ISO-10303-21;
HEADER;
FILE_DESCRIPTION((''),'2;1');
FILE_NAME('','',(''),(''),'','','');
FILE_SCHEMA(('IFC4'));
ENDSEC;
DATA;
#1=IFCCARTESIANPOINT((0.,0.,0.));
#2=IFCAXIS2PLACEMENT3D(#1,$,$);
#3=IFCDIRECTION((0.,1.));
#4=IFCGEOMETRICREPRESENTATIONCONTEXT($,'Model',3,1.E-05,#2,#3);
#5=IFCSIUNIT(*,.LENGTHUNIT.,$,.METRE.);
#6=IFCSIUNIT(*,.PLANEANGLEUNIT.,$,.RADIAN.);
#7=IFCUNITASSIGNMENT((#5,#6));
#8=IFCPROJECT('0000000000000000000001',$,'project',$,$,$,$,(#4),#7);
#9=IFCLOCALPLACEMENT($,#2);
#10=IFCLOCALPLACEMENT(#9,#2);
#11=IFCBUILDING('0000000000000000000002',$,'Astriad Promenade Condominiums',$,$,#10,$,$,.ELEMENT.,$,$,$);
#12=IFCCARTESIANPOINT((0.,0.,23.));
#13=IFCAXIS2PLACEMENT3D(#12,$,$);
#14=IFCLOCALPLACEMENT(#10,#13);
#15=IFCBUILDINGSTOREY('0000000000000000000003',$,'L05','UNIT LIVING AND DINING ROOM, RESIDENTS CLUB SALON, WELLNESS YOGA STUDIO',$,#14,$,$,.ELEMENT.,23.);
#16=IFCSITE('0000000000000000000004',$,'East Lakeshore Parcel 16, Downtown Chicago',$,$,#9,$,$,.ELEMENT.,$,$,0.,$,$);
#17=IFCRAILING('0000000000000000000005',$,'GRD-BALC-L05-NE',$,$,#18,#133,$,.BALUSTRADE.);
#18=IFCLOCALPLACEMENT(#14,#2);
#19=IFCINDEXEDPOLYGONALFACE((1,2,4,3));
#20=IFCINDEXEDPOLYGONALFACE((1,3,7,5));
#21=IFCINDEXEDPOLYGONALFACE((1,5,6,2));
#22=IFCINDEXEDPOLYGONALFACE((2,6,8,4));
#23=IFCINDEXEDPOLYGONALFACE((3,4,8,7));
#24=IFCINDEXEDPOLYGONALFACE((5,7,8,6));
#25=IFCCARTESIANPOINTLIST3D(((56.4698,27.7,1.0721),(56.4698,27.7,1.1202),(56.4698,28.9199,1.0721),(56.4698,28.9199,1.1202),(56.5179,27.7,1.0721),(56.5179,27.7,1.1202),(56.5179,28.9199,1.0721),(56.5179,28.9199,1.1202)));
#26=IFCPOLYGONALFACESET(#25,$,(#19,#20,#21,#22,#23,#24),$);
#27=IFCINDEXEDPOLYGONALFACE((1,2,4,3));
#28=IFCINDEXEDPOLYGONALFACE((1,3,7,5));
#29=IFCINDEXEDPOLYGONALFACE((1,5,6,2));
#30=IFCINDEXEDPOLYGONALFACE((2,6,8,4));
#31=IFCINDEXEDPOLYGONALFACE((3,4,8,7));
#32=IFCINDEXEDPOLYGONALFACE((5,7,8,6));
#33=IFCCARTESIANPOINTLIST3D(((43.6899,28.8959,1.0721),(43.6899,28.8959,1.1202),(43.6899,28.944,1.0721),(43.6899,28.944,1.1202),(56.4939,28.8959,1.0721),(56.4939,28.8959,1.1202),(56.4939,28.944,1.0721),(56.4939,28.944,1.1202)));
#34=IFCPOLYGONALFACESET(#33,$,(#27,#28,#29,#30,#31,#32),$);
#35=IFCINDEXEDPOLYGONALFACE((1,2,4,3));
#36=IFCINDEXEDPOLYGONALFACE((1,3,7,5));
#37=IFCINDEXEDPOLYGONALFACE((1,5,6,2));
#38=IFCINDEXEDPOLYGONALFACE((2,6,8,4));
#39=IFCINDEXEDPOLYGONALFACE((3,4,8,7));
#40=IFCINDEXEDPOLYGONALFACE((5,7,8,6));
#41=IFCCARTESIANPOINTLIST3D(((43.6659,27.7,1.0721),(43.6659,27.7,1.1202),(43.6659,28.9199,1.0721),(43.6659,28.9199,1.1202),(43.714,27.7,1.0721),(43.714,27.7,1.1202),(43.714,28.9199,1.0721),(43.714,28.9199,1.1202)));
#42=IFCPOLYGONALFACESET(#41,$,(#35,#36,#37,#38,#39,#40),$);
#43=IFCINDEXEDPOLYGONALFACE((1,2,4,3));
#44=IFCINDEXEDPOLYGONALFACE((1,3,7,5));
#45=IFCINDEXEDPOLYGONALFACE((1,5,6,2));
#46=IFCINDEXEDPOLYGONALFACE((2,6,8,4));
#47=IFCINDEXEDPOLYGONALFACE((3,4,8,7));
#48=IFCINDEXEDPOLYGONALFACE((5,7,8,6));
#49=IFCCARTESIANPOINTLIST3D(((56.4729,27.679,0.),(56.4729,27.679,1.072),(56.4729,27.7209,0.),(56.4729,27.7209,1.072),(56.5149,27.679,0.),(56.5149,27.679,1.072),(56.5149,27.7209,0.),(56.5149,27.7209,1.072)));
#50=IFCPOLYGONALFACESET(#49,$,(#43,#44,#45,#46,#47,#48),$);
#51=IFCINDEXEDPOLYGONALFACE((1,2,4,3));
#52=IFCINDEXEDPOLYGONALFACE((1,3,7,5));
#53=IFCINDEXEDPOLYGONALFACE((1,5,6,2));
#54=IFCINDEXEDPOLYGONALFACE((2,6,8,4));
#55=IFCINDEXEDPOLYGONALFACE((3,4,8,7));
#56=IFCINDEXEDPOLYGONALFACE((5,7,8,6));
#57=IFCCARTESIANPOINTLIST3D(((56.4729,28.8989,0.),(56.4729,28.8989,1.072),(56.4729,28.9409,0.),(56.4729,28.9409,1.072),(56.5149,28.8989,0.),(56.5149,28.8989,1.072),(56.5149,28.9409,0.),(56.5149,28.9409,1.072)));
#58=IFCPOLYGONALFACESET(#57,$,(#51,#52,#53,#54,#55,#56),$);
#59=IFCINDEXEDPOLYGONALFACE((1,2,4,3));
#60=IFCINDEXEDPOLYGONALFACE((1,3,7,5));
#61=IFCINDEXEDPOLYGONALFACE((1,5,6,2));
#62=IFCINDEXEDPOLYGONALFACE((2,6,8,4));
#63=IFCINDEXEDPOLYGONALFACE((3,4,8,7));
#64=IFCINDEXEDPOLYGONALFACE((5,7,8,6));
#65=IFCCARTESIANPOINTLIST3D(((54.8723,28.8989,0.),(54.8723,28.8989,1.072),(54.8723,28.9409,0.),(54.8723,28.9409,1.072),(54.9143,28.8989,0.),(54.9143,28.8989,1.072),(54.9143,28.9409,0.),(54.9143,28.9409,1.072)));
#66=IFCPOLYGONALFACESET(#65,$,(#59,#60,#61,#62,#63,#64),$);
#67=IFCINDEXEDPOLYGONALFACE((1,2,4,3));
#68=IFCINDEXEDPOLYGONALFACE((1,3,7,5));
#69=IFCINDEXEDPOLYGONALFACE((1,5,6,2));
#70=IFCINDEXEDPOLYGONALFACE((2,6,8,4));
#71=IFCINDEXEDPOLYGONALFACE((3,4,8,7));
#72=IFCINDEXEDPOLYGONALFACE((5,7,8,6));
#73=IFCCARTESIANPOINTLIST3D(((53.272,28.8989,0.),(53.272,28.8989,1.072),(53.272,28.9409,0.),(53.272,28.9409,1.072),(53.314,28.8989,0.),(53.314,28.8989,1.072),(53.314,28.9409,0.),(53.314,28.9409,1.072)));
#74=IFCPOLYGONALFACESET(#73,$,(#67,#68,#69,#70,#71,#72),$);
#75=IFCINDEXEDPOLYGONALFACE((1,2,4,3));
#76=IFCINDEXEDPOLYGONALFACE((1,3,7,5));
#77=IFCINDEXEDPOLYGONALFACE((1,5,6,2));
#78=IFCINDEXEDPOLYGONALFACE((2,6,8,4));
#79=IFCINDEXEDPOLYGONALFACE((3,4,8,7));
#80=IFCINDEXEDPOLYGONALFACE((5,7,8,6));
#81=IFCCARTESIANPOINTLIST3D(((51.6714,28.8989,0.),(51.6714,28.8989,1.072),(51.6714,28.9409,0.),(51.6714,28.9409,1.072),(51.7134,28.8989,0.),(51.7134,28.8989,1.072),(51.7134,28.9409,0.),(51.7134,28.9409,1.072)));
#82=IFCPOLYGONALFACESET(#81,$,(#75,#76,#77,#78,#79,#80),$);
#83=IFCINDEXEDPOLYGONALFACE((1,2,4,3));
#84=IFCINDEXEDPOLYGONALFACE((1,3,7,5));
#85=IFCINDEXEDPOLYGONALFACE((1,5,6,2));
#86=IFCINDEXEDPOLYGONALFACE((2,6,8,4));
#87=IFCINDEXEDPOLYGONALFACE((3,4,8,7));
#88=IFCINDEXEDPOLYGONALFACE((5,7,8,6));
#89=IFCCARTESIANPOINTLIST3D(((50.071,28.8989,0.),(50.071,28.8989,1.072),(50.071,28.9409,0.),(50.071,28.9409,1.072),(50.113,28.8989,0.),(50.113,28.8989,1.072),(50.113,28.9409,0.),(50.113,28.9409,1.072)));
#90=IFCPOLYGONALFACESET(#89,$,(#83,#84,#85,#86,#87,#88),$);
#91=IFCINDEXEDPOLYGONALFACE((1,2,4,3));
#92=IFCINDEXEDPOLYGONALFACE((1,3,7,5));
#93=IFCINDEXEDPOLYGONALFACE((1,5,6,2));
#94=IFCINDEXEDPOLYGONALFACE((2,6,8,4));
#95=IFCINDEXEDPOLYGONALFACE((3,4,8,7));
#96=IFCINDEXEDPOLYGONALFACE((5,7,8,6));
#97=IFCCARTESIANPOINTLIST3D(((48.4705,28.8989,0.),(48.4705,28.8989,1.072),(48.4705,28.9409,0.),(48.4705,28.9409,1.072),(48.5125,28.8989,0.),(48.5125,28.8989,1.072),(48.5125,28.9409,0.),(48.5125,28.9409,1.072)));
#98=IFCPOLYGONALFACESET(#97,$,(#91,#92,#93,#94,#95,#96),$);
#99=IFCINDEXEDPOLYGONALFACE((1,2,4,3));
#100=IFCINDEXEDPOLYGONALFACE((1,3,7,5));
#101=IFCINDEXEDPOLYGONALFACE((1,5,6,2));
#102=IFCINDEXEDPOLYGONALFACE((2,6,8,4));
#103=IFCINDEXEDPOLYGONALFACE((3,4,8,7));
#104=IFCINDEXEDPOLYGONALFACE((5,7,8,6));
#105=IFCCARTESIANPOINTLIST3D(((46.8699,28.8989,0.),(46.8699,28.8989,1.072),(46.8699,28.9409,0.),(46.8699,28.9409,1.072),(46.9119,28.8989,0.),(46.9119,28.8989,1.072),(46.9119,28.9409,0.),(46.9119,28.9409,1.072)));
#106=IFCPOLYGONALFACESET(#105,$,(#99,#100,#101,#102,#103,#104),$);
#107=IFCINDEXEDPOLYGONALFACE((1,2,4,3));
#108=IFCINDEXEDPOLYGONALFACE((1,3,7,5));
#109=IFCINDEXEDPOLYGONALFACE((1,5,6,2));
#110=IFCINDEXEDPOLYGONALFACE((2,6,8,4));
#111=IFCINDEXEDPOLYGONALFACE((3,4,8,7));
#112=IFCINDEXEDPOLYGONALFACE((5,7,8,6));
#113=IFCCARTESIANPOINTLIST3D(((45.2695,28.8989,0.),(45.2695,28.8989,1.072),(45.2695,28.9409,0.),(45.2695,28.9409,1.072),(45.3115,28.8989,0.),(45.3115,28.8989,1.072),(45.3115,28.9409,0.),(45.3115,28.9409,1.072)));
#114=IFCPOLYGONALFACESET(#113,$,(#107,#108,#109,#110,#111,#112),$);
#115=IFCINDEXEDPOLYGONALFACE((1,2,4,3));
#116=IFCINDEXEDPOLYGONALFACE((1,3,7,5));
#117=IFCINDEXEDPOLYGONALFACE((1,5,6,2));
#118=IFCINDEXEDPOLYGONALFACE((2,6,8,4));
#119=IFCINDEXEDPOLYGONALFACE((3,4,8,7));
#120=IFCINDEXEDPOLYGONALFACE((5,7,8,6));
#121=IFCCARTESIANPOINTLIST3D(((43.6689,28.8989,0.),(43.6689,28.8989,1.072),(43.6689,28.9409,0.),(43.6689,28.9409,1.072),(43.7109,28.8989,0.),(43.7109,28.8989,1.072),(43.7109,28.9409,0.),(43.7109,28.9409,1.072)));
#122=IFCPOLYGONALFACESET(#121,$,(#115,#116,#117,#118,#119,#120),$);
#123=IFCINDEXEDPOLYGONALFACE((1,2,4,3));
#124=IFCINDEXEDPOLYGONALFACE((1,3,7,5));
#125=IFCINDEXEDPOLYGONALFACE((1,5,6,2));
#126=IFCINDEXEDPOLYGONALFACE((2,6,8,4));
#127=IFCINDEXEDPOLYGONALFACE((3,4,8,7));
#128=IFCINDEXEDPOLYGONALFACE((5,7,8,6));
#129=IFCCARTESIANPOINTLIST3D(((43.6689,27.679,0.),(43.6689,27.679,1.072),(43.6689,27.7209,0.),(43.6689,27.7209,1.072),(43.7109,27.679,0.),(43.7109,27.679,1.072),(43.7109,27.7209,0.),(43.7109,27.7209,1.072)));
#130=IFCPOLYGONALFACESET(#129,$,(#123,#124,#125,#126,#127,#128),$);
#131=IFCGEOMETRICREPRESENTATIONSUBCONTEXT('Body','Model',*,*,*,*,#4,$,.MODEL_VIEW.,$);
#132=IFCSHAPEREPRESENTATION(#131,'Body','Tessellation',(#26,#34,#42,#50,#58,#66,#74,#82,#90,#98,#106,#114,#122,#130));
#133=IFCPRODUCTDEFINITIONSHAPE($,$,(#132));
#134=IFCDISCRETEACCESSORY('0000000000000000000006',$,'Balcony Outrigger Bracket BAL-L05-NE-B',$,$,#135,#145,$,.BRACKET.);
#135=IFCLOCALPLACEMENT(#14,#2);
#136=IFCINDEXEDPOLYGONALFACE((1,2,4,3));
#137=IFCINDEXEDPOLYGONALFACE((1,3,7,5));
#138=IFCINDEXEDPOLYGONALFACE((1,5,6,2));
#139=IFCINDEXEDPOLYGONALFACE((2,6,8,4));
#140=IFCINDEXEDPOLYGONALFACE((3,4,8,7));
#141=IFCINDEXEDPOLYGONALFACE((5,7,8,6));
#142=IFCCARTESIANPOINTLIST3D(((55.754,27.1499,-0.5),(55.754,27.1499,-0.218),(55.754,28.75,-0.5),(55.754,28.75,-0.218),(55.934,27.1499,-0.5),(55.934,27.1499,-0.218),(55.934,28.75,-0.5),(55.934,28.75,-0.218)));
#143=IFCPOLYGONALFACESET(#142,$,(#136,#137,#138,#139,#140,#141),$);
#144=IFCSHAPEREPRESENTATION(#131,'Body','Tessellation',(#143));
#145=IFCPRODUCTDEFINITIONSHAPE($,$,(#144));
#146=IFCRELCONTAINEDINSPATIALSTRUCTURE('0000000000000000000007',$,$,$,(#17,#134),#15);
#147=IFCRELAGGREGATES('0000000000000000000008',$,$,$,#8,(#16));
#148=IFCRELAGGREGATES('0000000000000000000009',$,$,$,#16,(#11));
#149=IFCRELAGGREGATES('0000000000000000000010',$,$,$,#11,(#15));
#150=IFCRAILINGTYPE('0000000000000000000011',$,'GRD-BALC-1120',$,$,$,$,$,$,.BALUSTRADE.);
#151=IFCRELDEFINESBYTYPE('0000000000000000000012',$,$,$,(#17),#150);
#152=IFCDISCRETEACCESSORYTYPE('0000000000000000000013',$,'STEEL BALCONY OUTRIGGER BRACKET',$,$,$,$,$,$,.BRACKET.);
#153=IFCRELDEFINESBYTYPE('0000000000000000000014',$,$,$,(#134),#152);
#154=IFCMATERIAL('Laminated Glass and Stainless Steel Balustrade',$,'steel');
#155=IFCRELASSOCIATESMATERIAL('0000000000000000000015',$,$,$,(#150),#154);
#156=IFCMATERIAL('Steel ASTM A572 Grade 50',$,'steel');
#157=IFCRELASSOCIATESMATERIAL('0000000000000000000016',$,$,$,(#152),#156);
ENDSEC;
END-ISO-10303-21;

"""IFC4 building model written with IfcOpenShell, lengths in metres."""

from ifc_helpers import new_model, si_unit, direction, frame, origin, origin_2d, place, context, subcontext, project, spatial, rectangle, extrude, source, transform, mapped, material, type_object, type_shapes, element, save


model = new_model("IFC4")

# Units and contexts
model_context = context("Model", 3, precision=1e-05, world=origin(), true_north=direction((0.0, 1.0)))
body_context = subcontext(model_context, "Body", "Model", "MODEL_VIEW")
ifc_project = project(units=[si_unit("LENGTHUNIT", "METRE"), si_unit("PLANEANGLEUNIT", "RADIAN")], contexts=[model_context])

# Site, building, storey
site_placement = place(None, origin())
site = spatial("IfcSite", under=ifc_project, at=site_placement, Name="East Lakeshore Parcel 16, Downtown Chicago", CompositionType="ELEMENT", RefElevation=0.0)
building_placement = place(site_placement, origin())
building = spatial("IfcBuilding", under=site, at=building_placement, Name="Astriad Promenade Condominiums", CompositionType="ELEMENT")
storey_placement = place(building_placement, frame((0.0, 0.0, 23.0)))
storey = spatial("IfcBuildingStorey", under=building, at=storey_placement, Name="L05", Description="UNIT LIVING AND DINING ROOM, RESIDENTS CLUB SALON, WELLNESS YOGA STUDIO", CompositionType="ELEMENT", Elevation=23.0)

# Railing
ifc_material_1 = material(Name="Laminated Glass and Stainless Steel Balustrade", Category="steel")
railing_type = type_object("IfcRailingType", Name="GRD-BALC-1120", PredefinedType="BALUSTRADE", material=ifc_material_1)
shared_shape_1 = source(origin(), body_context, "Body", "SweptSolid", [
    extrude(rectangle(XDim=0.0481, YDim=0.0481, at=origin_2d()), frame((0.0, 0.0, 1.0962), z_axis=(0.0, 1.0, 0.0), x_axis=(-1.0, 0.0, 0.0)), (0.0, 0.0, 1.0), 1.22),
    extrude(rectangle(XDim=0.0481, YDim=0.0481, at=origin_2d()), frame((0.0, 1.22, 1.0962), z_axis=(-1.0, 0.0, 0.0), x_axis=(0.0, -1.0, 0.0)), (0.0, 0.0, 1.0), 12.804),
    extrude(rectangle(XDim=0.0481, YDim=0.0481, at=origin_2d()), frame((-12.804, 1.22, 1.0962), z_axis=(0.0, -1.0, 0.0), x_axis=(1.0, 0.0, 0.0)), (0.0, 0.0, 1.0), 1.22),
    extrude(rectangle(XDim=0.042, YDim=0.042, at=origin_2d()), origin(), (0.0, 0.0, 1.0), 1.072),
    extrude(rectangle(XDim=0.042, YDim=0.042, at=origin_2d()), frame((0.0, 1.22, 0.0)), (0.0, 0.0, 1.0), 1.072),
    extrude(rectangle(XDim=0.042, YDim=0.042, at=origin_2d()), frame((-1.6006, 1.22, 0.0)), (0.0, 0.0, 1.0), 1.072),
    extrude(rectangle(XDim=0.042, YDim=0.042, at=origin_2d()), frame((-3.2009, 1.22, 0.0)), (0.0, 0.0, 1.0), 1.072),
    extrude(rectangle(XDim=0.042, YDim=0.042, at=origin_2d()), frame((-4.8015, 1.22, 0.0)), (0.0, 0.0, 1.0), 1.072),
    extrude(rectangle(XDim=0.042, YDim=0.042, at=origin_2d()), frame((-6.4019, 1.22, 0.0)), (0.0, 0.0, 1.0), 1.072),
    extrude(rectangle(XDim=0.042, YDim=0.042, at=origin_2d()), frame((-8.0024, 1.22, 0.0)), (0.0, 0.0, 1.0), 1.072),
    extrude(rectangle(XDim=0.042, YDim=0.042, at=origin_2d()), frame((-9.603, 1.22, 0.0)), (0.0, 0.0, 1.0), 1.072),
    extrude(rectangle(XDim=0.042, YDim=0.042, at=origin_2d()), frame((-11.2034, 1.22, 0.0)), (0.0, 0.0, 1.0), 1.072),
    extrude(rectangle(XDim=0.042, YDim=0.042, at=origin_2d()), frame((-12.804, 1.22, 0.0)), (0.0, 0.0, 1.0), 1.072),
    extrude(rectangle(XDim=0.042, YDim=0.042, at=origin_2d()), frame((-12.804, 0.0, 0.0)), (0.0, 0.0, 1.0), 1.072),
])
type_shapes(railing_type, [shared_shape_1])
railing_placement = place(storey_placement, frame((56.4939, 27.7, 0.0)))
element("IfcRailing", 1, at=railing_placement, inside=storey, type_object=railing_type, Name="GRD-BALC-L05-NE", PredefinedType="BALUSTRADE", context=body_context, shape_type="MappedRepresentation", body=[
    mapped(shared_shape_1, transform((0.0, 0.0, 0.0), scale=1.0)),
])

# Discrete accessory
ifc_material_2 = material(Name="Steel ASTM A572 Grade 50", Category="steel")
discrete_accessory_type = type_object("IfcDiscreteAccessoryType", Name="STEEL BALCONY OUTRIGGER BRACKET", PredefinedType="BRACKET", material=ifc_material_2)
shared_shape_2 = source(origin(), body_context, "Body", "SweptSolid", [
    extrude(rectangle(XDim=1.6001, YDim=0.1799, at=origin_2d()), origin(), (0.0, 0.0, 1.0), 0.282),
])
type_shapes(discrete_accessory_type, [shared_shape_2])
discrete_accessory_placement = place(storey_placement, frame((55.844, 27.95, -0.5), z_axis=(0.0, 0.0, 1.0), x_axis=(0.0, 1.0, 0.0)))
element("IfcDiscreteAccessory", 2, at=discrete_accessory_placement, inside=storey, type_object=discrete_accessory_type, Name="Balcony Outrigger Bracket BAL-L05-NE-B", PredefinedType="BRACKET", context=body_context, shape_type="MappedRepresentation", body=[
    mapped(shared_shape_2, transform((0.0, 0.0, 0.0), scale=1.0)),
])

save(model, "model.ifc")
